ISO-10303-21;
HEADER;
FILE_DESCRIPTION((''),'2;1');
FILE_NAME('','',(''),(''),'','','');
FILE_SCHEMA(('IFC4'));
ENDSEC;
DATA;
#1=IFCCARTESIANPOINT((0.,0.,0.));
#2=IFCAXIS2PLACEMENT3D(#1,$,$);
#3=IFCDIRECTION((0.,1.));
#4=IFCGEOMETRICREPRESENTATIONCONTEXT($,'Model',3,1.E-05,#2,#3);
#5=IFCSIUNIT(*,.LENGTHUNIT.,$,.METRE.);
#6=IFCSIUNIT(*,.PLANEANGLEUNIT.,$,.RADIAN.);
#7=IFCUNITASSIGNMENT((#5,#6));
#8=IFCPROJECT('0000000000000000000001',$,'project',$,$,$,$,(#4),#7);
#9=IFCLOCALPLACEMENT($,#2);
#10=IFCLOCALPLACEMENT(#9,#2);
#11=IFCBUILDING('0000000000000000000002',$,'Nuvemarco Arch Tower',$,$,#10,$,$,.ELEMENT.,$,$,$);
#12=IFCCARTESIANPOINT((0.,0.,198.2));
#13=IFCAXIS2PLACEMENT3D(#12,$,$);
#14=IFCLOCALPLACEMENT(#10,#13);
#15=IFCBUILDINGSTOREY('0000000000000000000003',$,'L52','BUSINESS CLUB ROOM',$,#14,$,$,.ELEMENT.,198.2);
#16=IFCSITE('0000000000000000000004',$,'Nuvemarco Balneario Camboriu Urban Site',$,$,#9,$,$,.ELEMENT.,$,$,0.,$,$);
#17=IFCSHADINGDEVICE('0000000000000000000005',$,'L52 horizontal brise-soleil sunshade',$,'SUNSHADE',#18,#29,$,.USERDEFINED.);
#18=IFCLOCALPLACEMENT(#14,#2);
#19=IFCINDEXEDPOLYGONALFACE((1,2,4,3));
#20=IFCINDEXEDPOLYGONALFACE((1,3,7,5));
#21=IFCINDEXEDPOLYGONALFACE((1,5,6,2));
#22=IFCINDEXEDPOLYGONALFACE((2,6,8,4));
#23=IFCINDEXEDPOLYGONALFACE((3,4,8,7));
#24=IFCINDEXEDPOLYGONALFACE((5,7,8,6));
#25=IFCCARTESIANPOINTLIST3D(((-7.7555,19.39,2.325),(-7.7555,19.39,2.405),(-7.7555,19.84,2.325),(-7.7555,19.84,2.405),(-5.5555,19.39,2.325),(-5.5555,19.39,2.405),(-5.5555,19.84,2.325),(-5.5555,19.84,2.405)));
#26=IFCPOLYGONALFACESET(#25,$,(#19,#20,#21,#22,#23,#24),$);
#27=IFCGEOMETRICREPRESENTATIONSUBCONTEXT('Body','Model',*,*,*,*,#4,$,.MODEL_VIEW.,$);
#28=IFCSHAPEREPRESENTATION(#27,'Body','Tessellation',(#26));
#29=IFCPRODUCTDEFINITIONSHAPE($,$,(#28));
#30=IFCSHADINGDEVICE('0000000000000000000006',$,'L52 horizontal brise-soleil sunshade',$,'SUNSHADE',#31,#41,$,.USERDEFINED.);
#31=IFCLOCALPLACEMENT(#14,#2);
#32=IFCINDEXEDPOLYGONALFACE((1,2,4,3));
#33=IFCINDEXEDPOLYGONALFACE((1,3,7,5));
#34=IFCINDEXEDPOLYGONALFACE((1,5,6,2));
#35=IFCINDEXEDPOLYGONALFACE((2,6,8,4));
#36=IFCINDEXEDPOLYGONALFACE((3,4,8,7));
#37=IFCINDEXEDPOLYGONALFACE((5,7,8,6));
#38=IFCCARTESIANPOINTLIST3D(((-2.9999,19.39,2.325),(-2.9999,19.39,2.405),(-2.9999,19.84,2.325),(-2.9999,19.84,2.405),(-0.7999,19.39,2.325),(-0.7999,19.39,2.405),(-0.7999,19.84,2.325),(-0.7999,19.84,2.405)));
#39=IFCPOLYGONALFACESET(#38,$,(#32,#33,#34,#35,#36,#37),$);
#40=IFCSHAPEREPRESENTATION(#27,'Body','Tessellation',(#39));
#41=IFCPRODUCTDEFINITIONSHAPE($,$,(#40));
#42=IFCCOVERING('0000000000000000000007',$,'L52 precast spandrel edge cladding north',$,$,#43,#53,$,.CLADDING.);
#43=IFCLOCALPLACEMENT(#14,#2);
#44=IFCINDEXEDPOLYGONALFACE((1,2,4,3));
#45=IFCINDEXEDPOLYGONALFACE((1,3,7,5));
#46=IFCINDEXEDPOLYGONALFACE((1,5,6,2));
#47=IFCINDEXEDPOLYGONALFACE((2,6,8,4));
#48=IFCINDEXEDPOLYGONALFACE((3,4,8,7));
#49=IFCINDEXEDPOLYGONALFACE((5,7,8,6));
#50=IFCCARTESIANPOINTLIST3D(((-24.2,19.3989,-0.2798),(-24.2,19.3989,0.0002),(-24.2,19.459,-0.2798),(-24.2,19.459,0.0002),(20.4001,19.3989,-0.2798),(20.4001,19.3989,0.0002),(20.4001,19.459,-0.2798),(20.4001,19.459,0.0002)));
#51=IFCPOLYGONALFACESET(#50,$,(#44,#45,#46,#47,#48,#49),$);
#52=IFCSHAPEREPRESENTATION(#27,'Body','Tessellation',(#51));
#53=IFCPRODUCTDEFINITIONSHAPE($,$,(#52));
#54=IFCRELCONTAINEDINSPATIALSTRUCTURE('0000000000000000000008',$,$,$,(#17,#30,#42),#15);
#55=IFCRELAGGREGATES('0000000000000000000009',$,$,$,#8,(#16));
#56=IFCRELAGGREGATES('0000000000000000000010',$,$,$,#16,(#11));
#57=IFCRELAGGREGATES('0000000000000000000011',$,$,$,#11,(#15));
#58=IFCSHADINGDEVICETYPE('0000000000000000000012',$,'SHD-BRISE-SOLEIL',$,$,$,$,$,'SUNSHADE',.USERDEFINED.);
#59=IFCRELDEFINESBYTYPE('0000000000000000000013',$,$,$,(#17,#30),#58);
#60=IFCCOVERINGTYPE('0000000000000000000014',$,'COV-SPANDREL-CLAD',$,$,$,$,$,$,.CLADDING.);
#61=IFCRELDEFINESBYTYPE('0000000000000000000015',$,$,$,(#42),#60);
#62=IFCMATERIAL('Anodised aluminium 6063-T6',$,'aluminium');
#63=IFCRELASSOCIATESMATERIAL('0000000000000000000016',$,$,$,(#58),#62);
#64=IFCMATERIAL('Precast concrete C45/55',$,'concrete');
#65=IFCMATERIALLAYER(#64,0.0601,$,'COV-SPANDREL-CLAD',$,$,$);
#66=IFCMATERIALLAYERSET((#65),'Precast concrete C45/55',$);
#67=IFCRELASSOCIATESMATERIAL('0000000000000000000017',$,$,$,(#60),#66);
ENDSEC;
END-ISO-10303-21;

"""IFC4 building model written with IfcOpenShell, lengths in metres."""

from ifc_helpers import new_model, si_unit, direction, frame, origin, origin_2d, place, context, subcontext, project, spatial, rectangle, extrude, source, transform, mapped, material, layer, layer_set, type_object, type_shapes, element, save


model = new_model("IFC4")

# Units and contexts
model_context = context("Model", 3, precision=1e-05, world=origin(), true_north=direction((0.0, 1.0)))
body_context = subcontext(model_context, "Body", "Model", "MODEL_VIEW")
ifc_project = project(units=[si_unit("LENGTHUNIT", "METRE"), si_unit("PLANEANGLEUNIT", "RADIAN")], contexts=[model_context])

# Site, building, storey
site_placement = place(None, origin())
site = spatial("IfcSite", under=ifc_project, at=site_placement, Name="Nuvemarco Balneario Camboriu Urban Site", CompositionType="ELEMENT", RefElevation=0.0)
building_placement = place(site_placement, origin())
building = spatial("IfcBuilding", under=site, at=building_placement, Name="Nuvemarco Arch Tower", CompositionType="ELEMENT")
storey_placement = place(building_placement, frame((0.0, 0.0, 198.2)))
storey = spatial("IfcBuildingStorey", under=building, at=storey_placement, Name="L52", Description="BUSINESS CLUB ROOM", CompositionType="ELEMENT", Elevation=198.2)

# Shared definitions
ifc_material_1 = material(Name="Precast concrete C45/55", Category="concrete")

# Shading devices
ifc_material_2 = material(Name="Anodised aluminium 6063-T6", Category="aluminium")
shading_device_type = type_object("IfcShadingDeviceType", Name="SHD-BRISE-SOLEIL", ElementType="SUNSHADE", PredefinedType="USERDEFINED", material=ifc_material_2)
shared_shape_1 = source(origin(), body_context, "Body", "SweptSolid", [
    extrude(rectangle(XDim=2.2, YDim=0.45, at=origin_2d()), origin(), (0.0, 0.0, 1.0), 0.0801),
])
type_shapes(shading_device_type, [shared_shape_1])
for number, where, z_axis, x_axis, name in (
    (1, (-6.6555, 19.615, 2.325), (0.0, 0.0, 1.0), (1.0, 0.0, 0.0), "L52 horizontal brise-soleil sunshade"),
    (2, (-1.8999, 19.615, 2.325), (0.0, 0.0, 1.0), (1.0, 0.0, 0.0), "L52 horizontal brise-soleil sunshade"),
):
    element("IfcShadingDevice", number, at=place(storey_placement, frame(where, z_axis=z_axis, x_axis=x_axis)), inside=storey, type_object=shading_device_type, Name=name, ObjectType="SUNSHADE", PredefinedType="USERDEFINED", context=body_context, shape_type="MappedRepresentation", body=[
        mapped(shared_shape_1, transform((0.0, 0.0, 0.0), scale=1.0)),
    ])

# Covering
ifc_layer_1 = layer(ifc_material_1, 0.0601, Name="COV-SPANDREL-CLAD")
ifc_layer_set_1 = layer_set([ifc_layer_1], Name="Precast concrete C45/55")
covering_type = type_object("IfcCoveringType", Name="COV-SPANDREL-CLAD", PredefinedType="CLADDING", material=ifc_layer_set_1)
shared_shape_2 = source(origin(), body_context, "Body", "SweptSolid", [
    extrude(rectangle(XDim=44.6001, YDim=0.0601, at=origin_2d()), origin(), (0.0, 0.0, 1.0), 0.28),
])
type_shapes(covering_type, [shared_shape_2])
covering_placement = place(storey_placement, frame((-1.8999, 19.429, -0.2798), z_axis=(0.0, 0.0, 1.0), x_axis=(1.0, 0.0, 0.0)))
element("IfcCovering", 3, at=covering_placement, inside=storey, type_object=covering_type, Name="L52 precast spandrel edge cladding north", PredefinedType="CLADDING", context=body_context, shape_type="MappedRepresentation", body=[
    mapped(shared_shape_2, transform((0.0, 0.0, 0.0), scale=1.0)),
])

save(model, "model.ifc")
